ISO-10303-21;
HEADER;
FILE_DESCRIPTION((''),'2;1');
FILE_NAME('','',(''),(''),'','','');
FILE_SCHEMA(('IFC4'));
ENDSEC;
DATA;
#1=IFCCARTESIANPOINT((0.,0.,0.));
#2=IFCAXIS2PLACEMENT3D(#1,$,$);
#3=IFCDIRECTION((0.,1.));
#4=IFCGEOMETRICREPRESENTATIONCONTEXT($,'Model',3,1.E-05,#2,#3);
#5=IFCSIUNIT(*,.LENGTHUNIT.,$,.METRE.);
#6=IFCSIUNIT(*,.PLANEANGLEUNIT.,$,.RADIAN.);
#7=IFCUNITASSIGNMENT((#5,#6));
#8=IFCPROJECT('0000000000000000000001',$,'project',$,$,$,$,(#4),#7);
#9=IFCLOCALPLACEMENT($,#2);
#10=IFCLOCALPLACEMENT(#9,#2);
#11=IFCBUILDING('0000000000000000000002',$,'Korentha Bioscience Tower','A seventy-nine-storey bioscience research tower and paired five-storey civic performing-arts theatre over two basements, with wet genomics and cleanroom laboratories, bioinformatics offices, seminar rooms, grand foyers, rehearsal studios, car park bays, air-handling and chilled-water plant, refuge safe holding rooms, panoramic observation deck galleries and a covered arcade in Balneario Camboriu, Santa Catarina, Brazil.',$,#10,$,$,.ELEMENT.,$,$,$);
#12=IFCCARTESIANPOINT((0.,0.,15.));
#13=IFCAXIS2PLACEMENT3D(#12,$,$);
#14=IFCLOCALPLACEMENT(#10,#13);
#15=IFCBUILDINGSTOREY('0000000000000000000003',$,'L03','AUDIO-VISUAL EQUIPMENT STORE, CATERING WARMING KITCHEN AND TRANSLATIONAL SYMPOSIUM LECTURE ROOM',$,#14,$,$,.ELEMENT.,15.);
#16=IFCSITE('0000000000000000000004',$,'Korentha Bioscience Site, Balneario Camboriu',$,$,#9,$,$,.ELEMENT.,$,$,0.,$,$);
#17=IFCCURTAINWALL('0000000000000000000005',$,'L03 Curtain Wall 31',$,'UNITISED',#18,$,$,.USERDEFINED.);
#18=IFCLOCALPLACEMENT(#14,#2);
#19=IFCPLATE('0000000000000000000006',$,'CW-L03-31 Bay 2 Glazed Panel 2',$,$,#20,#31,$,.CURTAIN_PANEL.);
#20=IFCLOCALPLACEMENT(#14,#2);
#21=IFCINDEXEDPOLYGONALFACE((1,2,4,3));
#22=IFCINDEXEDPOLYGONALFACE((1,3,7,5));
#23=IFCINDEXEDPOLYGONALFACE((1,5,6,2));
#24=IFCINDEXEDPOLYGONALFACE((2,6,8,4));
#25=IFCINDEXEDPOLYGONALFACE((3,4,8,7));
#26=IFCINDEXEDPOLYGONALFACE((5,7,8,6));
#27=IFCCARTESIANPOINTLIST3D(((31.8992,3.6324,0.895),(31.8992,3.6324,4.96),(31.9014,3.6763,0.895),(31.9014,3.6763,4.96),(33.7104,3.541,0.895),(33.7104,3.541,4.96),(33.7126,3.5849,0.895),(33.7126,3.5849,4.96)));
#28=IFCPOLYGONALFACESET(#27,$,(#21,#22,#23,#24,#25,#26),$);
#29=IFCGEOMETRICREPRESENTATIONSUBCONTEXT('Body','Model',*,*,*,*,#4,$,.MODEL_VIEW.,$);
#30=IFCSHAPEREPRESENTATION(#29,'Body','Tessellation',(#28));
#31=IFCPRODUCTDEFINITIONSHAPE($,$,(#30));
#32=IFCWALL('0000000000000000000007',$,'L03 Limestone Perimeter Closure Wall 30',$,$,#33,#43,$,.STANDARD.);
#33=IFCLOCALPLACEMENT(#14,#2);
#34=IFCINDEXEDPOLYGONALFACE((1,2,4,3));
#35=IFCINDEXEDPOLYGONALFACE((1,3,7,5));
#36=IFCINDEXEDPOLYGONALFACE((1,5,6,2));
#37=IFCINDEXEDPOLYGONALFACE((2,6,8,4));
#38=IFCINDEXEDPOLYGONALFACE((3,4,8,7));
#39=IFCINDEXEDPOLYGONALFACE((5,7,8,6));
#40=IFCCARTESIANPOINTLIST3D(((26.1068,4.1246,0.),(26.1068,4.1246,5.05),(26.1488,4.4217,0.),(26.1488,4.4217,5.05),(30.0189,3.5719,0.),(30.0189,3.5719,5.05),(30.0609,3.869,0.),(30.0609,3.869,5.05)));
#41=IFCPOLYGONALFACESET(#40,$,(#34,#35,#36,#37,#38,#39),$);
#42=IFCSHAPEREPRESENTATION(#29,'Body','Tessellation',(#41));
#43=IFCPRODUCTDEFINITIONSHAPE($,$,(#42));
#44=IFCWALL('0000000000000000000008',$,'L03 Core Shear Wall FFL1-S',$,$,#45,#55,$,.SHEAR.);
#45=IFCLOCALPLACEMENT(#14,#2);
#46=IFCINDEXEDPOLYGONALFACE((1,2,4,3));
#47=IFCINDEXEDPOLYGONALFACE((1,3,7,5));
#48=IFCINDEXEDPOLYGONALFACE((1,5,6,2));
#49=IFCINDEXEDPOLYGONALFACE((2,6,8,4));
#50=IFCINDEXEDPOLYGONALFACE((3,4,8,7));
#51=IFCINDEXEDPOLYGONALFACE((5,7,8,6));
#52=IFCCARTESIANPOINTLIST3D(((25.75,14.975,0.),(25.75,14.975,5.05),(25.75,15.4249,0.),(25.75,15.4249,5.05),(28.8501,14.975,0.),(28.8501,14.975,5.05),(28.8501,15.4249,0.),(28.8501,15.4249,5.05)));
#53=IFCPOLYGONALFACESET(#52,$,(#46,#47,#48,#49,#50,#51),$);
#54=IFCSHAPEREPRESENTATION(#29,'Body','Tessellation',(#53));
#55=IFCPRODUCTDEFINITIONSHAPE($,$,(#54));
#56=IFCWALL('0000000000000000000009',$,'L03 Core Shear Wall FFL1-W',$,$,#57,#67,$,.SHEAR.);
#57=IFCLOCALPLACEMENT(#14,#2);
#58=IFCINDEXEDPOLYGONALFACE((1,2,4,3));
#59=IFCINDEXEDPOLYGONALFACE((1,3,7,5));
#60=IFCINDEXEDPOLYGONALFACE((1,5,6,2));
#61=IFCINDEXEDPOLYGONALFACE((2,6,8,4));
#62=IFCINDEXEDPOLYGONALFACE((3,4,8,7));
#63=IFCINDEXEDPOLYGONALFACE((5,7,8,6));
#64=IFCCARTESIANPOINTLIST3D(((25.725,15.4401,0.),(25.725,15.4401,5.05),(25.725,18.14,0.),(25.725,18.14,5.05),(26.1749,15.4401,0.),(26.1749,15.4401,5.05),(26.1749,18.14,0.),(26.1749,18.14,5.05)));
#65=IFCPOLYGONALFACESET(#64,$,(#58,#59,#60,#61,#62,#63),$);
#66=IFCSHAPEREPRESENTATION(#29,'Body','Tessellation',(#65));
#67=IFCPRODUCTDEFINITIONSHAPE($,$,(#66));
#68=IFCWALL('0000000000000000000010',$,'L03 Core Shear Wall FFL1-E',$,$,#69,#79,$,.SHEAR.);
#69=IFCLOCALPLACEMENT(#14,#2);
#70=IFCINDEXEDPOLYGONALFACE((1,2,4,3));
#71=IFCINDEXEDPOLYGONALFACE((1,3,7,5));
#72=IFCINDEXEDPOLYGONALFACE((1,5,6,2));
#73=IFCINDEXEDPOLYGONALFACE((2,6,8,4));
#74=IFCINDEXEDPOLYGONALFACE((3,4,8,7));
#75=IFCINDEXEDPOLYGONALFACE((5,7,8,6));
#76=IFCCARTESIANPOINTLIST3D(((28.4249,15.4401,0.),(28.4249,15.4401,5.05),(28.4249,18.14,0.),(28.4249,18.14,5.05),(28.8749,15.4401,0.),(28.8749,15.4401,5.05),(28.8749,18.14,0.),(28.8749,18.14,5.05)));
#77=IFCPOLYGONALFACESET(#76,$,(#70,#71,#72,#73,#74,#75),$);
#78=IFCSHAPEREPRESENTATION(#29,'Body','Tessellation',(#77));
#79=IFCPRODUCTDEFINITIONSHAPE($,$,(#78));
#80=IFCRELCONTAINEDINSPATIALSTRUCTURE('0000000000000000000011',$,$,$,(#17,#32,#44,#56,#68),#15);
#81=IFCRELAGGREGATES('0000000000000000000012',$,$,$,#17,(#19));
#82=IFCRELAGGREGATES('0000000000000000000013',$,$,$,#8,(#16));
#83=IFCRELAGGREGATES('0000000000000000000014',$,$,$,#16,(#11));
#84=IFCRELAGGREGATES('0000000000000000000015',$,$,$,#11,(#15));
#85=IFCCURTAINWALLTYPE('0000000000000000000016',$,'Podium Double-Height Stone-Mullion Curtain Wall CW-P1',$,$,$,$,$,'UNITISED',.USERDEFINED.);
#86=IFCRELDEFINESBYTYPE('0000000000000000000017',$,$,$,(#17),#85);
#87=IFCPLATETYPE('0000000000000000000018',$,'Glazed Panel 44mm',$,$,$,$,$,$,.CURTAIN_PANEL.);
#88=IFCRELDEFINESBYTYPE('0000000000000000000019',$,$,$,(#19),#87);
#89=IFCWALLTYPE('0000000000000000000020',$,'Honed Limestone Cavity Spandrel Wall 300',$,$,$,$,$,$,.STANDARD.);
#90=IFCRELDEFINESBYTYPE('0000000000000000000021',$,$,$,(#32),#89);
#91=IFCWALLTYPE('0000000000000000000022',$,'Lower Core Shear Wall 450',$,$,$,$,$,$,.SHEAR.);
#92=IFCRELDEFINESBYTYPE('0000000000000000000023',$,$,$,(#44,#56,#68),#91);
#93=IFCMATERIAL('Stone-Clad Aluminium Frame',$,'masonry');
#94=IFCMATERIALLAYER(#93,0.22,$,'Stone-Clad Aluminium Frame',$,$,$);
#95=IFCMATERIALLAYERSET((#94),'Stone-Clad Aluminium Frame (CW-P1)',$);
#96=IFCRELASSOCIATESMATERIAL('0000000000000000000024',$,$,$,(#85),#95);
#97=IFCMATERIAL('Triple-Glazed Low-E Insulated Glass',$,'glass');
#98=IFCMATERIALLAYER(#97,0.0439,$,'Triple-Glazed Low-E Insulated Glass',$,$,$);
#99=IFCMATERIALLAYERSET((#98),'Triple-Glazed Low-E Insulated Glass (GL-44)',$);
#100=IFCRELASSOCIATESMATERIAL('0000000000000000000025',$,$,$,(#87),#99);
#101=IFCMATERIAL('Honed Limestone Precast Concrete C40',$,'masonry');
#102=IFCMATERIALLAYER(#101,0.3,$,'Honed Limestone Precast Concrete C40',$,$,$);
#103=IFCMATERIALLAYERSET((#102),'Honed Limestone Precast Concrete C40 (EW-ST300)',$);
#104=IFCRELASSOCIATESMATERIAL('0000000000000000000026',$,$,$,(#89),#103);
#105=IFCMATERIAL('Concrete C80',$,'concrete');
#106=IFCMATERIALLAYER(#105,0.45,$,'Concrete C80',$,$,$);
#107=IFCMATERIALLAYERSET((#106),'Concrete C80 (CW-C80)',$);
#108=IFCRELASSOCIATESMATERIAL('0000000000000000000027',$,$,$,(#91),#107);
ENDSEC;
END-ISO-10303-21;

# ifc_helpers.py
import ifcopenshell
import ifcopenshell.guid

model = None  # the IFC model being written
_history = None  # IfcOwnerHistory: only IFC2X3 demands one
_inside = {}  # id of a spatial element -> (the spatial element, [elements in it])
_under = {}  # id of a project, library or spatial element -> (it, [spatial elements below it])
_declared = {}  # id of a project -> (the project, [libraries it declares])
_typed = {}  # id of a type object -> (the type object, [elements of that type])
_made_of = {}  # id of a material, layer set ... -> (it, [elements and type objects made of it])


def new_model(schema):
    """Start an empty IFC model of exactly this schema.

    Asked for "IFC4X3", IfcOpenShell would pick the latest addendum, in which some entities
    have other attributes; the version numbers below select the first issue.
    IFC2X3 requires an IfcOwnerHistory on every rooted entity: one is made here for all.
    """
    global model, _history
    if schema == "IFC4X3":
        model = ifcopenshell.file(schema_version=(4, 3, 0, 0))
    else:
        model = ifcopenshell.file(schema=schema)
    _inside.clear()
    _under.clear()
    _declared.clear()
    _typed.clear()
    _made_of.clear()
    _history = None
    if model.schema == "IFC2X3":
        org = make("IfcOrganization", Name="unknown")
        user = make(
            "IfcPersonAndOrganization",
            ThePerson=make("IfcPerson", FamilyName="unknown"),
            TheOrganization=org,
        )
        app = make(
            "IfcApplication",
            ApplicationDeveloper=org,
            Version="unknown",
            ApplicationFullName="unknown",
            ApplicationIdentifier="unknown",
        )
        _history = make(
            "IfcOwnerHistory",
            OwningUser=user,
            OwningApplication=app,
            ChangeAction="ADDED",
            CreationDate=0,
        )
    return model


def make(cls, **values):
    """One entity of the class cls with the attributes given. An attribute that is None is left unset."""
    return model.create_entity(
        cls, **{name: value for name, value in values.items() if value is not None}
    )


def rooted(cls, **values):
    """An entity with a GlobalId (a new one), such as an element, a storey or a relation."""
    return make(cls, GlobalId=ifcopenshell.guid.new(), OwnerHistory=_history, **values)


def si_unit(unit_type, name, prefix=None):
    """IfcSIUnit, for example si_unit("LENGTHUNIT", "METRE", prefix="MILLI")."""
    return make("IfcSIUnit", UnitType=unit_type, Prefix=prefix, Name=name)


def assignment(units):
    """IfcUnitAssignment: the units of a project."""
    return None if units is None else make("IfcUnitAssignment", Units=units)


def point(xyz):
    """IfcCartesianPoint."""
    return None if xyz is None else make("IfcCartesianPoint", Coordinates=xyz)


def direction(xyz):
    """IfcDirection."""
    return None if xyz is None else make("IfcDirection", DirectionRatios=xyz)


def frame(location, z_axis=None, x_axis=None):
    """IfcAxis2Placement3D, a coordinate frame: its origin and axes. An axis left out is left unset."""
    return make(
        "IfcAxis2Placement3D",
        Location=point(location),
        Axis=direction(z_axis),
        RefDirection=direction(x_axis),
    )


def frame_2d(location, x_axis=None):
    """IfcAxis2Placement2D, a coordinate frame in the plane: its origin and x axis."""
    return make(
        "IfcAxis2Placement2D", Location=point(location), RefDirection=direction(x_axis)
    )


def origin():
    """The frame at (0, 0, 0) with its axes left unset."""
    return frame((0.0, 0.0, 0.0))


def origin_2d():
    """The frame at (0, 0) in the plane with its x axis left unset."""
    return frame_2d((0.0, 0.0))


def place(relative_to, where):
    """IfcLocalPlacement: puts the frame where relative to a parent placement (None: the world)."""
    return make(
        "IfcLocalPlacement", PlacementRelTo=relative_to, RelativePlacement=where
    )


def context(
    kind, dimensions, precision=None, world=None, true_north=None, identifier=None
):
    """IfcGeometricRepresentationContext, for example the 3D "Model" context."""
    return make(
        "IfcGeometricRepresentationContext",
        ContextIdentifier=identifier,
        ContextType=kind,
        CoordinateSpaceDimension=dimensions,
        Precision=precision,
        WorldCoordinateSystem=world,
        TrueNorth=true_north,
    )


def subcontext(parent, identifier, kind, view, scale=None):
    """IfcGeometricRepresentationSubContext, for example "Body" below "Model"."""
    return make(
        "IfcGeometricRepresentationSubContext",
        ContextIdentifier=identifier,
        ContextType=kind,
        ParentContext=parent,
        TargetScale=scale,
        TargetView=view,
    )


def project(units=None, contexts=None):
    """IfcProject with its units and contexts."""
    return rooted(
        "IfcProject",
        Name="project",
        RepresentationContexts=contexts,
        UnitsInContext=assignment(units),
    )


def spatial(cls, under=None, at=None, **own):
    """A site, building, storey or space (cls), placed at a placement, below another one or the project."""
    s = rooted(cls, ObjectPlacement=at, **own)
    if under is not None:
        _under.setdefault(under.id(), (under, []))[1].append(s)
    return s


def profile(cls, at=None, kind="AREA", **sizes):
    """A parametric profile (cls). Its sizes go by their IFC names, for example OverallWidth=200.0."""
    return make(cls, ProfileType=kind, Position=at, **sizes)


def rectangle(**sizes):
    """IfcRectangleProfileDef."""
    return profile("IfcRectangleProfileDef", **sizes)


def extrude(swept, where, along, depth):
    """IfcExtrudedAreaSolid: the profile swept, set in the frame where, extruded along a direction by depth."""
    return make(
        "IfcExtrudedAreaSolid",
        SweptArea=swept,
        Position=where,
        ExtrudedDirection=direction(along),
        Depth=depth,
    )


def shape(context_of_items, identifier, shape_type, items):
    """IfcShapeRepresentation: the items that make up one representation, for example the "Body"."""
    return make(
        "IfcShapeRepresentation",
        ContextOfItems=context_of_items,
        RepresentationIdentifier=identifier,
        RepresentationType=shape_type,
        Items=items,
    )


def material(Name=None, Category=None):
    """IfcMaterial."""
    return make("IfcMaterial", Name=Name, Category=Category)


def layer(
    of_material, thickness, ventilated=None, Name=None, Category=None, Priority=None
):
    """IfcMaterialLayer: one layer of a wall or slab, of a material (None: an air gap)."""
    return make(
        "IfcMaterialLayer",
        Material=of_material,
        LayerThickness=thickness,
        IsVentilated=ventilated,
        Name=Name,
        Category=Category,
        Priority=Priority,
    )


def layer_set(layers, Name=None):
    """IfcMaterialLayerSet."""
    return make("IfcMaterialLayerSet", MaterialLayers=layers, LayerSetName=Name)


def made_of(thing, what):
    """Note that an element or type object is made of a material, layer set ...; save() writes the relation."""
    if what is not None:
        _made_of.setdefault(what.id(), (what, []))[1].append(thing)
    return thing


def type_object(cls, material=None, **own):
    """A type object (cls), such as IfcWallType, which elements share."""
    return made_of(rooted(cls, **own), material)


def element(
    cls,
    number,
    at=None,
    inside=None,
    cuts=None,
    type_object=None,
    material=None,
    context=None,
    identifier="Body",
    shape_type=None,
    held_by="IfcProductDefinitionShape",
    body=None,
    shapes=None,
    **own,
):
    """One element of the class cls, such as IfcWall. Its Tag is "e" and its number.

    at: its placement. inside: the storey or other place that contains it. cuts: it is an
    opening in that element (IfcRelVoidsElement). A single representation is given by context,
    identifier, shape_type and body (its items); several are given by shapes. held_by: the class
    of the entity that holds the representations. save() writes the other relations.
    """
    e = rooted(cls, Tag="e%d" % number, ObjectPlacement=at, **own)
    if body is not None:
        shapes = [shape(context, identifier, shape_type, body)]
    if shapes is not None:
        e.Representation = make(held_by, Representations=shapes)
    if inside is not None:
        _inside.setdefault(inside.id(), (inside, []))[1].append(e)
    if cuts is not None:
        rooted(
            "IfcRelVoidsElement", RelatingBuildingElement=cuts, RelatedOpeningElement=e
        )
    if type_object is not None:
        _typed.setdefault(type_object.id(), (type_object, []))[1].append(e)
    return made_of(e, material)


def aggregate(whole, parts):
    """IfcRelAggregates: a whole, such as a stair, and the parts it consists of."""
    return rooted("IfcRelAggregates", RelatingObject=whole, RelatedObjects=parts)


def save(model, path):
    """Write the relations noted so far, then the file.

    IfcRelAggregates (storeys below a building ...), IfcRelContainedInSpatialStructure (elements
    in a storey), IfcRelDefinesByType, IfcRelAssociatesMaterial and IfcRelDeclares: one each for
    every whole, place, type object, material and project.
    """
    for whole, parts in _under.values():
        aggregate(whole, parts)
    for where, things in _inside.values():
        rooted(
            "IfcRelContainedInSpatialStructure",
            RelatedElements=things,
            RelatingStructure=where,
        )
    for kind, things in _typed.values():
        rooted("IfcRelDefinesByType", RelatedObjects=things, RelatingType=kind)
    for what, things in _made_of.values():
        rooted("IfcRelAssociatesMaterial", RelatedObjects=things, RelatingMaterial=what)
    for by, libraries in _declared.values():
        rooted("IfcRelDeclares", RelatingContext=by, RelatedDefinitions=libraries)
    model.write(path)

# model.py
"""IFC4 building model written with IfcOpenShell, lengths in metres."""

from ifc_helpers import new_model, si_unit, direction, frame, frame_2d, origin, origin_2d, place, context, subcontext, project, spatial, rectangle, extrude, material, layer, layer_set, type_object, element, aggregate, save


model = new_model("IFC4")

# Units and contexts
model_context = context("Model", 3, precision=1e-05, world=origin(), true_north=direction((0.0, 1.0)))
body_context = subcontext(model_context, "Body", "Model", "MODEL_VIEW")
ifc_project = project(units=[si_unit("LENGTHUNIT", "METRE"), si_unit("PLANEANGLEUNIT", "RADIAN")], contexts=[model_context])

# Site, building, storey
site_placement = place(None, origin())
site = spatial("IfcSite", under=ifc_project, at=site_placement, Name="Korentha Bioscience Site, Balneario Camboriu", CompositionType="ELEMENT", RefElevation=0.0)
building_placement = place(site_placement, origin())
building = spatial("IfcBuilding", under=site, at=building_placement, Name="Korentha Bioscience Tower", Description="A seventy-nine-storey bioscience research tower and paired five-storey civic performing-arts theatre over two basements, with wet genomics and cleanroom laboratories, bioinformatics offices, seminar rooms, grand foyers, rehearsal studios, car park bays, air-handling and chilled-water plant, refuge safe holding rooms, panoramic observation deck galleries and a covered arcade in Balneario Camboriu, Santa Catarina, Brazil.", CompositionType="ELEMENT")
storey_placement = place(building_placement, frame((0.0, 0.0, 15.0)))
storey = spatial("IfcBuildingStorey", under=building, at=storey_placement, Name="L03", Description="AUDIO-VISUAL EQUIPMENT STORE, CATERING WARMING KITCHEN AND TRANSLATIONAL SYMPOSIUM LECTURE ROOM", CompositionType="ELEMENT", Elevation=15.0)

# Shared definitions
ifc_material_1 = material(Name="Concrete C80", Category="concrete")

# Curtain wall, plate
ifc_material_2 = material(Name="Stone-Clad Aluminium Frame", Category="masonry")
ifc_layer_1 = layer(ifc_material_2, 0.22, Name="Stone-Clad Aluminium Frame")
ifc_layer_set_1 = layer_set([ifc_layer_1], Name="Stone-Clad Aluminium Frame (CW-P1)")
curtain_wall_type = type_object("IfcCurtainWallType", Name="Podium Double-Height Stone-Mullion Curtain Wall CW-P1", ElementType="UNITISED", PredefinedType="USERDEFINED", material=ifc_layer_set_1)
curtain_wall_placement = place(storey_placement, origin())
curtain_wall = element("IfcCurtainWall", 1, at=curtain_wall_placement, inside=storey, type_object=curtain_wall_type, Name="L03 Curtain Wall 31", ObjectType="UNITISED", PredefinedType="USERDEFINED")
ifc_material_3 = material(Name="Triple-Glazed Low-E Insulated Glass", Category="glass")
ifc_layer_2 = layer(ifc_material_3, 0.0439, Name="Triple-Glazed Low-E Insulated Glass")
ifc_layer_set_2 = layer_set([ifc_layer_2], Name="Triple-Glazed Low-E Insulated Glass (GL-44)")
plate_type = type_object("IfcPlateType", Name="Glazed Panel 44mm", PredefinedType="CURTAIN_PANEL", material=ifc_layer_set_2)
plate_1_placement = place(storey_placement, frame((32.8059, 3.6086, 0.895), z_axis=(0.0, 0.0, 1.0), x_axis=(0.998731, -0.050371, 0.0)))
plate_1 = element("IfcPlate", 2, at=plate_1_placement, type_object=plate_type, Name="CW-L03-31 Bay 2 Glazed Panel 2", PredefinedType="CURTAIN_PANEL", context=body_context, shape_type="SweptSolid", body=[
    extrude(rectangle(XDim=1.8135, YDim=0.0439, at=origin_2d()), origin(), (0.0, 0.0, 1.0), 4.0649),
])
aggregate(curtain_wall, [plate_1])

# Walls
ifc_material_4 = material(Name="Honed Limestone Precast Concrete C40", Category="masonry")
ifc_layer_3 = layer(ifc_material_4, 0.3, Name="Honed Limestone Precast Concrete C40")
ifc_layer_set_3 = layer_set([ifc_layer_3], Name="Honed Limestone Precast Concrete C40 (EW-ST300)")
wall_type_1 = type_object("IfcWallType", Name="Honed Limestone Cavity Spandrel Wall 300", PredefinedType="STANDARD", material=ifc_layer_set_3)
wall_1_placement = place(storey_placement, frame((26.1277, 4.2732, 0.0), z_axis=(0.0, 0.0, 1.0), x_axis=(0.990166, -0.139899, 0.0)))
element("IfcWall", 3, at=wall_1_placement, inside=storey, type_object=wall_type_1, Name="L03 Limestone Perimeter Closure Wall 30", PredefinedType="STANDARD", context=body_context, shape_type="SweptSolid", body=[
    extrude(rectangle(XDim=3.9509, YDim=0.3, at=frame_2d((1.9756, 0.0))), origin(), (0.0, 0.0, 1.0), 5.05),
])
ifc_layer_4 = layer(ifc_material_1, 0.45, Name="Concrete C80")
ifc_layer_set_4 = layer_set([ifc_layer_4], Name="Concrete C80 (CW-C80)")
wall_type_2 = type_object("IfcWallType", Name="Lower Core Shear Wall 450", PredefinedType="SHEAR", material=ifc_layer_set_4)
wall_2_placement = place(storey_placement, frame((25.75, 15.2, 0.0), z_axis=(0.0, 0.0, 1.0), x_axis=(1.0, 0.0, 0.0)))
element("IfcWall", 4, at=wall_2_placement, inside=storey, type_object=wall_type_2, Name="L03 Core Shear Wall FFL1-S", PredefinedType="SHEAR", context=body_context, shape_type="SweptSolid", body=[
    extrude(rectangle(XDim=3.1001, YDim=0.45, at=frame_2d((1.55, 0.0))), origin(), (0.0, 0.0, 1.0), 5.05),
])
for number, where, z_axis, x_axis, name in (
    (5, (25.95, 15.4399, 0.0), (0.0, 0.0, 1.0), (0.0, 1.0, 0.0), "L03 Core Shear Wall FFL1-W"),
    (6, (28.6499, 15.4399, 0.0), (0.0, 0.0, 1.0), (0.0, 1.0, 0.0), "L03 Core Shear Wall FFL1-E"),
):
    element("IfcWall", number, at=place(storey_placement, frame(where, z_axis=z_axis, x_axis=x_axis)), inside=storey, type_object=wall_type_2, Name=name, PredefinedType="SHEAR", context=body_context, shape_type="SweptSolid", body=[
        extrude(rectangle(XDim=2.7, YDim=0.45, at=frame_2d((1.3501, 0.0))), origin(), (0.0, 0.0, 1.0), 5.05),
    ])

save(model, "model.ifc")
